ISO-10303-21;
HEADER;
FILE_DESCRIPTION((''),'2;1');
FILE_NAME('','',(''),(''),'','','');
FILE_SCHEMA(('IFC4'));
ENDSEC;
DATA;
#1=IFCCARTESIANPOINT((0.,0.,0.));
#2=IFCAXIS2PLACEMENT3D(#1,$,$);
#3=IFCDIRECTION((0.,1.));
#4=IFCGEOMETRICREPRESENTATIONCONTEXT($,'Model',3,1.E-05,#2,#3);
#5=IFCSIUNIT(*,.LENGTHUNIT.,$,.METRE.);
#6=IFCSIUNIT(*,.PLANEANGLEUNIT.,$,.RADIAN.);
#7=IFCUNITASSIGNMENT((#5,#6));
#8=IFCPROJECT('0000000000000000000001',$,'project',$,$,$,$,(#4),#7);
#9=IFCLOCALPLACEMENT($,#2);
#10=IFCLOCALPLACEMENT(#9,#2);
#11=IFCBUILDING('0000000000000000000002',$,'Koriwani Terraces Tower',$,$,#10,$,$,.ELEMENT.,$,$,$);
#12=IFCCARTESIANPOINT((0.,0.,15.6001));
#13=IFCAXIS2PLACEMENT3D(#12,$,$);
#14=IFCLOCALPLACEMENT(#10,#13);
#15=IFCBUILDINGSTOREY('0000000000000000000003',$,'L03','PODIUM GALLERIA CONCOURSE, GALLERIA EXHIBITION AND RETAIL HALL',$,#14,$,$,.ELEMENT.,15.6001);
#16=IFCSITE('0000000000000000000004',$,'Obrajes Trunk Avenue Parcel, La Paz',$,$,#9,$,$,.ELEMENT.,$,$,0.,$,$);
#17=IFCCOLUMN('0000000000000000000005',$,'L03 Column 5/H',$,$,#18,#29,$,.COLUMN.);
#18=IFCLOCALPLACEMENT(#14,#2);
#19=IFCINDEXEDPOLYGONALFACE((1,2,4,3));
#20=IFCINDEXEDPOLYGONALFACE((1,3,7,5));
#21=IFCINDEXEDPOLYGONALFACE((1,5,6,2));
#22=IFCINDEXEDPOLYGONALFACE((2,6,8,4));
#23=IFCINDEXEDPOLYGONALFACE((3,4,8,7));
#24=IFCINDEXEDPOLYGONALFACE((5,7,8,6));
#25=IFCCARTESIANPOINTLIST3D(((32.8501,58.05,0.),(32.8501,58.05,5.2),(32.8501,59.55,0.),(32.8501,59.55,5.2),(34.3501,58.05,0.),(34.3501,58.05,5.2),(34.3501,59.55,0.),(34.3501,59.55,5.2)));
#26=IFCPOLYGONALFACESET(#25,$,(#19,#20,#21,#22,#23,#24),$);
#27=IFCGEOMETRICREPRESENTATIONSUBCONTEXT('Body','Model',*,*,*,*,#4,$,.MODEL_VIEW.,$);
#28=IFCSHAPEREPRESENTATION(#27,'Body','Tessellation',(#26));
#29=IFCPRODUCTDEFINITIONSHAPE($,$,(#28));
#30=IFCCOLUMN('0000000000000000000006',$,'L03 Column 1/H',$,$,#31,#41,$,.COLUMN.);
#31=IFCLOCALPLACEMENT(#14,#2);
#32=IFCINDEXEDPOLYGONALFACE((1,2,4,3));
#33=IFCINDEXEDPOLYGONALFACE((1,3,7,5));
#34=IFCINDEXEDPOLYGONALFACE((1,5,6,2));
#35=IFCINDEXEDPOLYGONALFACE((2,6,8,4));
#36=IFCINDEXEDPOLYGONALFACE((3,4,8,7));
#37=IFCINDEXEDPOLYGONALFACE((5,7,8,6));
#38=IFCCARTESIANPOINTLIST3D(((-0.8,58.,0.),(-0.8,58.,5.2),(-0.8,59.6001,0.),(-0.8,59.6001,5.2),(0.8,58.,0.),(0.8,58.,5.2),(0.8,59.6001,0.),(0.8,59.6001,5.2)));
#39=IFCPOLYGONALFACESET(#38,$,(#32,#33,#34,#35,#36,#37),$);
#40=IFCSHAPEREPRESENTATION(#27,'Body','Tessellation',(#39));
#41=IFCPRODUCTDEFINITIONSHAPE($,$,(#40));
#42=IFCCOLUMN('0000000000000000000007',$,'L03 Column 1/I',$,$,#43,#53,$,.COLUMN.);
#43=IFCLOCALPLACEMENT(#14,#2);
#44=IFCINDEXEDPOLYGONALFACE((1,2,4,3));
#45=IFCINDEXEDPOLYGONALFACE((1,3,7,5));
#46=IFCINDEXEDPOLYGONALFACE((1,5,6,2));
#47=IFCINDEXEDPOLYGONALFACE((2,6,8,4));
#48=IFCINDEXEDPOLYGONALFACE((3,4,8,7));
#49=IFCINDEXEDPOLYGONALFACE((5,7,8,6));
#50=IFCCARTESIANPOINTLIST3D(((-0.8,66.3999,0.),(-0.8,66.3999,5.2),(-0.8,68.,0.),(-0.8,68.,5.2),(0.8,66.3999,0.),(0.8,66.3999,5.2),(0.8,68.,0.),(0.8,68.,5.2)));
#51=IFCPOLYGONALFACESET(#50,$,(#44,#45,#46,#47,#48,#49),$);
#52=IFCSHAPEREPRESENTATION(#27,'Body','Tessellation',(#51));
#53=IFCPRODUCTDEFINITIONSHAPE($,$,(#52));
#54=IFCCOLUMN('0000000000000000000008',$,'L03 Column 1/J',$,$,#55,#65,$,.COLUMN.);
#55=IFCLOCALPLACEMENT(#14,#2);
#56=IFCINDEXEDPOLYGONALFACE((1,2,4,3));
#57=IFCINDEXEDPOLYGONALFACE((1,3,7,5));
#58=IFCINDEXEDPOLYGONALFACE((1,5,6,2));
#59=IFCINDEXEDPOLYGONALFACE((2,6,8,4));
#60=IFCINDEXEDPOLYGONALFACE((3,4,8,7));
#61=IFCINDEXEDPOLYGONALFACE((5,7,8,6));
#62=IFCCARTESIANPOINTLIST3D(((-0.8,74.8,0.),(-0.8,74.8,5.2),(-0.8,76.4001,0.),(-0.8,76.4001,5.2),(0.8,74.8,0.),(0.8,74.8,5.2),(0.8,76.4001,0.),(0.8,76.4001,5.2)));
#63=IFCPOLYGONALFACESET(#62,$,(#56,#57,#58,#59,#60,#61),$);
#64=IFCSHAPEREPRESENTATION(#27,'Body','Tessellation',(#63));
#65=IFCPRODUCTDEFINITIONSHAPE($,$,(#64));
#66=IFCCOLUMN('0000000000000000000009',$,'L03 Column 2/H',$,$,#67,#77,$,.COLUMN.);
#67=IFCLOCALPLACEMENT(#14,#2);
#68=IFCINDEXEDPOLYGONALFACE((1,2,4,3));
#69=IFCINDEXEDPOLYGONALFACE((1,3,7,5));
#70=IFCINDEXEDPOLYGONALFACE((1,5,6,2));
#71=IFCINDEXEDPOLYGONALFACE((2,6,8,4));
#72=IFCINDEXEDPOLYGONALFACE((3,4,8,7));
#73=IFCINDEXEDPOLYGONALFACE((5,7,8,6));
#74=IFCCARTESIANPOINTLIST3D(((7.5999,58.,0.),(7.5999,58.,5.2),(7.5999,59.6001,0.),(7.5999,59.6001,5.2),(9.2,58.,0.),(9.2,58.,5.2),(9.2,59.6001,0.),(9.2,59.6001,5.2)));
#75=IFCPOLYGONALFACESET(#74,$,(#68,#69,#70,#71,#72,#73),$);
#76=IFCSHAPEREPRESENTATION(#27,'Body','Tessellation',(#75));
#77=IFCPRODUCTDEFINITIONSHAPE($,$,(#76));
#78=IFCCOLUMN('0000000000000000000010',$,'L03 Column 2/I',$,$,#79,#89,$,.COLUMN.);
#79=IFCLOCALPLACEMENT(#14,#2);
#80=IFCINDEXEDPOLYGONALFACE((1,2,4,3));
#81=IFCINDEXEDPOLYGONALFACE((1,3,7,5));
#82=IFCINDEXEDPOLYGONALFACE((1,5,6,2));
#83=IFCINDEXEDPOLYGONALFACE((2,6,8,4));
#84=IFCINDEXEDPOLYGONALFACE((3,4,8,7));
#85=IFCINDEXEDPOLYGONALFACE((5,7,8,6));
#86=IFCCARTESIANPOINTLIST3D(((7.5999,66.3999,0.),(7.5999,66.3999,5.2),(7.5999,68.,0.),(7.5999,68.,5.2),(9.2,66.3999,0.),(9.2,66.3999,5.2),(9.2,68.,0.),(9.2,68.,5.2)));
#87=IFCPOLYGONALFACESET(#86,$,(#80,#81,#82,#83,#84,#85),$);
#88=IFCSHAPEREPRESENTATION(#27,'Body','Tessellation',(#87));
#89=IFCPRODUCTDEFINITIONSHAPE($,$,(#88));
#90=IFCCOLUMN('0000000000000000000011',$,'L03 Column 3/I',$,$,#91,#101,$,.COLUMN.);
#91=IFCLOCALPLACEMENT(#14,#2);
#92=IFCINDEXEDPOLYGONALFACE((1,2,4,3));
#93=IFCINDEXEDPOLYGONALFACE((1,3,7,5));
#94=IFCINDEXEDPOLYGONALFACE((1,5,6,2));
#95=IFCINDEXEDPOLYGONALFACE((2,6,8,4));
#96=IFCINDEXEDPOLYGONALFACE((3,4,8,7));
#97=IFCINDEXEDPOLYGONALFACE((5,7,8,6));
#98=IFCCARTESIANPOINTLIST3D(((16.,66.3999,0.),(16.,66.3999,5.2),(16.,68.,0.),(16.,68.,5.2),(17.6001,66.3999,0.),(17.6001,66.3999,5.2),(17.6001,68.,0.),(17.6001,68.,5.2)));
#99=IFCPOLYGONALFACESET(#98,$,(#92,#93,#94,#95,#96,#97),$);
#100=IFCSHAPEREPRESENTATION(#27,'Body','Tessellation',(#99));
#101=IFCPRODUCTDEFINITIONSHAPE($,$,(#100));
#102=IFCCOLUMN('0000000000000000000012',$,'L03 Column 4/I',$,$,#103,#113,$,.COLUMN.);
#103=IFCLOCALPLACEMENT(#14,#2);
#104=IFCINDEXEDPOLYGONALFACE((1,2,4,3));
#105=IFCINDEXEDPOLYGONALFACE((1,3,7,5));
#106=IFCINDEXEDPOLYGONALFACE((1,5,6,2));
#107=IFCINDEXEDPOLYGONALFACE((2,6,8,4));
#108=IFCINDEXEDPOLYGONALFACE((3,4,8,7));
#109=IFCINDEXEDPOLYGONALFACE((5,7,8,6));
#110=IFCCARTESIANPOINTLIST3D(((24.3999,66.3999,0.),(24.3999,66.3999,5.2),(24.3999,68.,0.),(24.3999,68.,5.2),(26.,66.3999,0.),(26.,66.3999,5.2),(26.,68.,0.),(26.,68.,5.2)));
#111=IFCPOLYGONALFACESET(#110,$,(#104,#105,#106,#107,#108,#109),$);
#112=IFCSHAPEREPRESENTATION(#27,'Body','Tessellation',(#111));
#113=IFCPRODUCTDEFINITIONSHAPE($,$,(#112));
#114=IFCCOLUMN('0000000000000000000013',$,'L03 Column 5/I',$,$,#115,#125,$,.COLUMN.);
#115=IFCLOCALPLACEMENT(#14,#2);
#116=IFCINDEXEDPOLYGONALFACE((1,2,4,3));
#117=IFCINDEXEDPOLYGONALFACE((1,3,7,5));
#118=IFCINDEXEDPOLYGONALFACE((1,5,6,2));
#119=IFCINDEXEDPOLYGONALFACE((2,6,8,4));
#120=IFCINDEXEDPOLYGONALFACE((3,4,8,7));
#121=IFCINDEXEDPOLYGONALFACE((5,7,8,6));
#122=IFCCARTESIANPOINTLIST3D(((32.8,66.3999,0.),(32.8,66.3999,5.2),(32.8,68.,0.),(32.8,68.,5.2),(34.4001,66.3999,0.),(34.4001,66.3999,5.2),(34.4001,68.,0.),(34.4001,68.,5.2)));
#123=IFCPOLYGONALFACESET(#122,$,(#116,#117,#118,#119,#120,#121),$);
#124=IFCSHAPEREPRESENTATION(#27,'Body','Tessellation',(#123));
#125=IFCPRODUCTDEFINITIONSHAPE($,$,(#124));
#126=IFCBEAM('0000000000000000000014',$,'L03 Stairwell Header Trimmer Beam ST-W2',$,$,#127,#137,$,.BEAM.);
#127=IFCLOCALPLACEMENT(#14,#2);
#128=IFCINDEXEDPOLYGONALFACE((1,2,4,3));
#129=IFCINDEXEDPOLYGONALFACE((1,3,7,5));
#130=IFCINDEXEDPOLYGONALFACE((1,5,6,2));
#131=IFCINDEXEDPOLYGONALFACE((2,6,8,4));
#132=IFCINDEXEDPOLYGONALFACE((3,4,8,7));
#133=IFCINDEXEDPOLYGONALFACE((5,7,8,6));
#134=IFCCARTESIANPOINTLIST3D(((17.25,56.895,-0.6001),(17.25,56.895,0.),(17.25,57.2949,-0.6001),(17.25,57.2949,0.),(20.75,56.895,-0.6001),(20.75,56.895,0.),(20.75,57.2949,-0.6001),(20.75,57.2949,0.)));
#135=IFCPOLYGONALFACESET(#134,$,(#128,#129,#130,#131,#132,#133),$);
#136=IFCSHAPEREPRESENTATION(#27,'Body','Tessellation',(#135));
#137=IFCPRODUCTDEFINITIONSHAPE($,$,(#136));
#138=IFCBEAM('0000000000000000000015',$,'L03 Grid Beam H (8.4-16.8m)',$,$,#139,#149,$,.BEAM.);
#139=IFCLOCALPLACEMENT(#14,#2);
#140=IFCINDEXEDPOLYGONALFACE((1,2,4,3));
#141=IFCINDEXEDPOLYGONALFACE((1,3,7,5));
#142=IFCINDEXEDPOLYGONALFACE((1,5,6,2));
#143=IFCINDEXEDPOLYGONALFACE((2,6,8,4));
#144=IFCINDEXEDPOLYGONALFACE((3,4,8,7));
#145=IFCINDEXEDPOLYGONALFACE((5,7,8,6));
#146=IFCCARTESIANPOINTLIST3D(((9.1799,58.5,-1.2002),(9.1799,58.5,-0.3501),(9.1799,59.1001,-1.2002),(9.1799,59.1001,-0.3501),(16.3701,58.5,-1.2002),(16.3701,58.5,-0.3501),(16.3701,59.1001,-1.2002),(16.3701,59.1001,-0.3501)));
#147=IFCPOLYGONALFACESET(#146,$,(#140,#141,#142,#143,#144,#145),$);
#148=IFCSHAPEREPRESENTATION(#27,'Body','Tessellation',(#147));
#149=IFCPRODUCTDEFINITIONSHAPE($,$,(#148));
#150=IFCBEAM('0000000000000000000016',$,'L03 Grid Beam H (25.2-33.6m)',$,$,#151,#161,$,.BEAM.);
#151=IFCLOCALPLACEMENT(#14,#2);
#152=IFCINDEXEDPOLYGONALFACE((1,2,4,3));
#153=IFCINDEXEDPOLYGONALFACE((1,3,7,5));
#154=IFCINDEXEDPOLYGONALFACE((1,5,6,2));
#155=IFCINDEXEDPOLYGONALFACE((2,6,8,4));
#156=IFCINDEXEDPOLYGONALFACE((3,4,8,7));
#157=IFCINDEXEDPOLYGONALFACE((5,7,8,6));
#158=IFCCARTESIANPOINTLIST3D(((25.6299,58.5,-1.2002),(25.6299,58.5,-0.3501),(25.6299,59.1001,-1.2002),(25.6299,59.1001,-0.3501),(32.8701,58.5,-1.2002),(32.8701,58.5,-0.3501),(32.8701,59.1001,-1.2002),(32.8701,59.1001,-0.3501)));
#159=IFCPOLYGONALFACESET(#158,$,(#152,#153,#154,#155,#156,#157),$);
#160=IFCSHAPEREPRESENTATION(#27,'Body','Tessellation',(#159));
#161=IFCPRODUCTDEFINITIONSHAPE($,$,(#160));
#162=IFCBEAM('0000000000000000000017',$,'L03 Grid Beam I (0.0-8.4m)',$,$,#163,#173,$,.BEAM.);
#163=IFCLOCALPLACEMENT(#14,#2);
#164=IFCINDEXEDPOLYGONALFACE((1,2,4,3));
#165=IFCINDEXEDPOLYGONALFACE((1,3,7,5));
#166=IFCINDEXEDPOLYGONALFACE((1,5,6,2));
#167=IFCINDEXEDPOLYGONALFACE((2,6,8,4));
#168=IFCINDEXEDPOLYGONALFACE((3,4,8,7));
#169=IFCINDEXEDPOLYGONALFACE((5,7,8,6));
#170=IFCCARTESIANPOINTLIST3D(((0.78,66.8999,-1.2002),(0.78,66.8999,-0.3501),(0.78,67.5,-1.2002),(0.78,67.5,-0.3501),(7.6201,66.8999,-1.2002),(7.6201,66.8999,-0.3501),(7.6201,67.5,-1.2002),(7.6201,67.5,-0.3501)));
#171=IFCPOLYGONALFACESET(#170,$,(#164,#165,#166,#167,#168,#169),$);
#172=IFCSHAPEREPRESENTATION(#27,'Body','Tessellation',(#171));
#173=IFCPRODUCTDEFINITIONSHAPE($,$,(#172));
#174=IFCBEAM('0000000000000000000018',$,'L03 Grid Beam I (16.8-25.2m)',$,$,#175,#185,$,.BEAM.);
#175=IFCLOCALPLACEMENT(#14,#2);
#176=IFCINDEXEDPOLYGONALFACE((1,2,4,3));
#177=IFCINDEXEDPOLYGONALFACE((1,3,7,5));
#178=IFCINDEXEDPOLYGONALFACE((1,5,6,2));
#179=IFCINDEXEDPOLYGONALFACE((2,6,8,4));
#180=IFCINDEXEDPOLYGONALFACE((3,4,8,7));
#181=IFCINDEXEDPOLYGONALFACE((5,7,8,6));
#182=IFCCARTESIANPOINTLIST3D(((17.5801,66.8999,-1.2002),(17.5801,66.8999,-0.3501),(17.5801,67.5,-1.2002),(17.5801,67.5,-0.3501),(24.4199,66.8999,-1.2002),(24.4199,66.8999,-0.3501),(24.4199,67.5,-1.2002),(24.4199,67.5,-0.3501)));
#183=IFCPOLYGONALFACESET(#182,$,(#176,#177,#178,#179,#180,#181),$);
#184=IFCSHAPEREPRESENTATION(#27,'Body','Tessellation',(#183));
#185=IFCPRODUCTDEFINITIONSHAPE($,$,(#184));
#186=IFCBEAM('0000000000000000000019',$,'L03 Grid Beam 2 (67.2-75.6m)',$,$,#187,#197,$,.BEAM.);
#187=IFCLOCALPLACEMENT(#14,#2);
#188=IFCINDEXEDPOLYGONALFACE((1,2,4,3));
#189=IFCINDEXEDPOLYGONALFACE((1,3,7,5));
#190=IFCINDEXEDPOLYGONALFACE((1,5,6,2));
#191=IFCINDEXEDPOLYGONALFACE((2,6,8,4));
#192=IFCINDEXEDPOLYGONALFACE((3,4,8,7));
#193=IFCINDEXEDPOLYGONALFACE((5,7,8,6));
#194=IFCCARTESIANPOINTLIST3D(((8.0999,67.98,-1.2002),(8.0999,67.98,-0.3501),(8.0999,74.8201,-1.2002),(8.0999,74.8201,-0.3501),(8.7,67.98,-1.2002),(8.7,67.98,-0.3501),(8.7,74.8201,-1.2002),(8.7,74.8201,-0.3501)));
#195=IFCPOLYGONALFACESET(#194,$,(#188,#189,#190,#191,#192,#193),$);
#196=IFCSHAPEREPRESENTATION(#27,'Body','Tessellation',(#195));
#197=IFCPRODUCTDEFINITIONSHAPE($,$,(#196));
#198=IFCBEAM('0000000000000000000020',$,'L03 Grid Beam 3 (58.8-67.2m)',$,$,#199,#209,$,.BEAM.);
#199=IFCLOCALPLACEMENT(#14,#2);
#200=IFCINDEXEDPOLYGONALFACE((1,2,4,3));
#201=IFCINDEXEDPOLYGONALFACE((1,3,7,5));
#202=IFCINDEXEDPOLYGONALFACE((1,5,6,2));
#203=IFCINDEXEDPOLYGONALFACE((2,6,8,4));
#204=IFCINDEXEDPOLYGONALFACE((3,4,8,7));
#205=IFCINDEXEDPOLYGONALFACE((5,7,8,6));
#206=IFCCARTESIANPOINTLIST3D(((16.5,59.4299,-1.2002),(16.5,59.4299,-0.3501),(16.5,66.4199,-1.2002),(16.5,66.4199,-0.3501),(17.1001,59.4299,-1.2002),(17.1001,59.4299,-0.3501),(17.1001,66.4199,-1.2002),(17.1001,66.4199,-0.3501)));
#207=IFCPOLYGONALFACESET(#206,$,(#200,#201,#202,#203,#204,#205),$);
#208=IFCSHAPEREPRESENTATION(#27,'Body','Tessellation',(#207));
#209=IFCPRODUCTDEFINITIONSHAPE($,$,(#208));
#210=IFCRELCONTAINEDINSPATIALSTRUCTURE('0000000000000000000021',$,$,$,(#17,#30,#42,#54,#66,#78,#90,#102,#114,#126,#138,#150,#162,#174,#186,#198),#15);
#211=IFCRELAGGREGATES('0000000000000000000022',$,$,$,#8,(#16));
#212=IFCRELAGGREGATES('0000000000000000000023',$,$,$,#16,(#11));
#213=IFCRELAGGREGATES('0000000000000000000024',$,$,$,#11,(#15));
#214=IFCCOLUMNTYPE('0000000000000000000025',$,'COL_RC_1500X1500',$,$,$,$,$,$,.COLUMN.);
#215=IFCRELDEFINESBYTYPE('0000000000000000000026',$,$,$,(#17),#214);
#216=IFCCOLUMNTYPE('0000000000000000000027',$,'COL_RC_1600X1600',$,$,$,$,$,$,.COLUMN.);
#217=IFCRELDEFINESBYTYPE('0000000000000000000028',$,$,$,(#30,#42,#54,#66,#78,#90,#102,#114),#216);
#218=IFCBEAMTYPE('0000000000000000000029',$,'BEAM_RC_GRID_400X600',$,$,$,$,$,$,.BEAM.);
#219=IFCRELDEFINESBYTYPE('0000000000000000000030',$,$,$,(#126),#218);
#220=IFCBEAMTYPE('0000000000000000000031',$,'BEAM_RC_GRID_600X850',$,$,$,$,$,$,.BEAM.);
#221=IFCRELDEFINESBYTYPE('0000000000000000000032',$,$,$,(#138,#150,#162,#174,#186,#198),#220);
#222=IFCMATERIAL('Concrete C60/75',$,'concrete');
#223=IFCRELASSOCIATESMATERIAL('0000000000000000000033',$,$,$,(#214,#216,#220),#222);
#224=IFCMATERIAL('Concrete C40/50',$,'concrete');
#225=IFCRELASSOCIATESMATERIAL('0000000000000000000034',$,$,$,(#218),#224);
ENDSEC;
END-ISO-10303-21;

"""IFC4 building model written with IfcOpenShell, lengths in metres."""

from ifc_helpers import new_model, si_unit, direction, frame, origin, origin_2d, place, context, subcontext, project, spatial, rectangle, extrude, material, material_profile, profile_set, type_object, element, save


model = new_model("IFC4")

# Units and contexts
model_context = context("Model", 3, precision=1e-05, world=origin(), true_north=direction((0.0, 1.0)))
body_context = subcontext(model_context, "Body", "Model", "MODEL_VIEW")
ifc_project = project(units=[si_unit("LENGTHUNIT", "METRE"), si_unit("PLANEANGLEUNIT", "RADIAN")], contexts=[model_context])

# Site, building, storey
site_placement = place(None, origin())
site = spatial("IfcSite", under=ifc_project, at=site_placement, Name="Obrajes Trunk Avenue Parcel, La Paz", CompositionType="ELEMENT", RefElevation=0.0)
building_placement = place(site_placement, origin())
building = spatial("IfcBuilding", under=site, at=building_placement, Name="Koriwani Terraces Tower", CompositionType="ELEMENT")
storey_placement = place(building_placement, frame((0.0, 0.0, 15.6001)))
storey = spatial("IfcBuildingStorey", under=building, at=storey_placement, Name="L03", Description="PODIUM GALLERIA CONCOURSE, GALLERIA EXHIBITION AND RETAIL HALL", CompositionType="ELEMENT", Elevation=15.6001)

# Columns
ifc_material_1 = material(Name="Concrete C60/75", Category="concrete")
ifc_material_profile_1 = material_profile(ifc_material_1, rectangle(XDim=1.5, YDim=1.5, at=origin_2d()), Name="Concrete C60/75", Category="LoadBearing")
ifc_profile_set_1 = profile_set([ifc_material_profile_1], Name="Concrete C60/75")
column_type_1 = type_object("IfcColumnType", Name="COL_RC_1500X1500", PredefinedType="COLUMN", material=ifc_profile_set_1)
column_placement = place(storey_placement, frame((33.6001, 58.8, 0.0), z_axis=(0.0, 0.0, 1.0), x_axis=(1.0, 0.0, 0.0)))
element("IfcColumn", 1, at=column_placement, inside=storey, type_object=column_type_1, Name="L03 Column 5/H", PredefinedType="COLUMN", context=body_context, shape_type="SweptSolid", body=[
    extrude(rectangle(XDim=1.5, YDim=1.5, at=origin_2d()), origin(), (0.0, 0.0, 1.0), 5.2),
])
ifc_material_profile_2 = material_profile(ifc_material_1, rectangle(XDim=1.6001, YDim=1.6001, at=origin_2d()), Name="Concrete C60/75", Category="LoadBearing")
ifc_profile_set_2 = profile_set([ifc_material_profile_2], Name="Concrete C60/75")
column_type_2 = type_object("IfcColumnType", Name="COL_RC_1600X1600", PredefinedType="COLUMN", material=ifc_profile_set_2)
for number, where, z_axis, x_axis, name in (
    (2, (0.0, 58.8, 0.0), (0.0, 0.0, 1.0), (1.0, 0.0, 0.0), "L03 Column 1/H"),
    (3, (0.0, 67.2, 0.0), (0.0, 0.0, 1.0), (1.0, 0.0, 0.0), "L03 Column 1/I"),
    (4, (0.0, 75.6001, 0.0), (0.0, 0.0, 1.0), (1.0, 0.0, 0.0), "L03 Column 1/J"),
    (5, (8.3999, 58.8, 0.0), (0.0, 0.0, 1.0), (1.0, 0.0, 0.0), "L03 Column 2/H"),
    (6, (8.3999, 67.2, 0.0), (0.0, 0.0, 1.0), (1.0, 0.0, 0.0), "L03 Column 2/I"),
    (7, (16.8, 67.2, 0.0), (0.0, 0.0, 1.0), (1.0, 0.0, 0.0), "L03 Column 3/I"),
    (8, (25.2, 67.2, 0.0), (0.0, 0.0, 1.0), (1.0, 0.0, 0.0), "L03 Column 4/I"),
    (9, (33.6001, 67.2, 0.0), (0.0, 0.0, 1.0), (1.0, 0.0, 0.0), "L03 Column 5/I"),
):
    element("IfcColumn", number, at=place(storey_placement, frame(where, z_axis=z_axis, x_axis=x_axis)), inside=storey, type_object=column_type_2, Name=name, PredefinedType="COLUMN", context=body_context, shape_type="SweptSolid", body=[
        extrude(rectangle(XDim=1.6001, YDim=1.6001, at=origin_2d()), origin(), (0.0, 0.0, 1.0), 5.2),
    ])

# Beams
ifc_material_2 = material(Name="Concrete C40/50", Category="concrete")
ifc_material_profile_3 = material_profile(ifc_material_2, rectangle(XDim=0.3999, YDim=0.6001, at=origin_2d()), Name="Concrete C40/50", Category="LoadBearing")
ifc_profile_set_3 = profile_set([ifc_material_profile_3], Name="Concrete C40/50")
beam_type_1 = type_object("IfcBeamType", Name="BEAM_RC_GRID_400X600", PredefinedType="BEAM", material=ifc_profile_set_3)
beam_1_placement = place(storey_placement, frame((17.25, 57.095, -0.3), z_axis=(1.0, 0.0, 0.0), x_axis=(0.0, 1.0, 0.0)))
element("IfcBeam", 10, at=beam_1_placement, inside=storey, type_object=beam_type_1, Name="L03 Stairwell Header Trimmer Beam ST-W2", PredefinedType="BEAM", context=body_context, shape_type="SweptSolid", body=[
    extrude(rectangle(XDim=0.3999, YDim=0.6001, at=origin_2d()), origin(), (0.0, 0.0, 1.0), 3.5),
])
ifc_material_profile_4 = material_profile(ifc_material_1, rectangle(XDim=0.6001, YDim=0.8501, at=origin_2d()), Name="Concrete C60/75", Category="LoadBearing")
ifc_profile_set_4 = profile_set([ifc_material_profile_4], Name="Concrete C60/75")
beam_type_2 = type_object("IfcBeamType", Name="BEAM_RC_GRID_600X850", PredefinedType="BEAM", material=ifc_profile_set_4)
beam_2_placement = place(storey_placement, frame((9.1799, 58.8, -0.7751), z_axis=(1.0, 0.0, 0.0), x_axis=(0.0, 1.0, 0.0)))
element("IfcBeam", 11, at=beam_2_placement, inside=storey, type_object=beam_type_2, Name="L03 Grid Beam H (8.4-16.8m)", PredefinedType="BEAM", context=body_context, shape_type="SweptSolid", body=[
    extrude(rectangle(XDim=0.6001, YDim=0.8501, at=origin_2d()), origin(), (0.0, 0.0, 1.0), 7.1902),
])
beam_3_placement = place(storey_placement, frame((25.6299, 58.8, -0.7751), z_axis=(1.0, 0.0, 0.0), x_axis=(0.0, 1.0, 0.0)))
element("IfcBeam", 12, at=beam_3_placement, inside=storey, type_object=beam_type_2, Name="L03 Grid Beam H (25.2-33.6m)", PredefinedType="BEAM", context=body_context, shape_type="SweptSolid", body=[
    extrude(rectangle(XDim=0.6001, YDim=0.8501, at=origin_2d()), origin(), (0.0, 0.0, 1.0), 7.2402),
])
beam_4_placement = place(storey_placement, frame((0.78, 67.2, -0.7751), z_axis=(1.0, 0.0, 0.0), x_axis=(0.0, 1.0, 0.0)))
element("IfcBeam", 13, at=beam_4_placement, inside=storey, type_object=beam_type_2, Name="L03 Grid Beam I (0.0-8.4m)", PredefinedType="BEAM", context=body_context, shape_type="SweptSolid", body=[
    extrude(rectangle(XDim=0.6001, YDim=0.8501, at=origin_2d()), origin(), (0.0, 0.0, 1.0), 6.8401),
])
beam_5_placement = place(storey_placement, frame((17.5801, 67.2, -0.7751), z_axis=(1.0, 0.0, 0.0), x_axis=(0.0, 1.0, 0.0)))
element("IfcBeam", 14, at=beam_5_placement, inside=storey, type_object=beam_type_2, Name="L03 Grid Beam I (16.8-25.2m)", PredefinedType="BEAM", context=body_context, shape_type="SweptSolid", body=[
    extrude(rectangle(XDim=0.6001, YDim=0.8501, at=origin_2d()), origin(), (0.0, 0.0, 1.0), 6.8398),
])
beam_6_placement = place(storey_placement, frame((8.3999, 67.98, -0.7751), z_axis=(0.0, 1.0, 0.0), x_axis=(-1.0, 0.0, 0.0)))
element("IfcBeam", 15, at=beam_6_placement, inside=storey, type_object=beam_type_2, Name="L03 Grid Beam 2 (67.2-75.6m)", PredefinedType="BEAM", context=body_context, shape_type="SweptSolid", body=[
    extrude(rectangle(XDim=0.6001, YDim=0.8501, at=origin_2d()), origin(), (0.0, 0.0, 1.0), 6.8401),
])
beam_7_placement = place(storey_placement, frame((16.8, 59.4299, -0.7751), z_axis=(0.0, 1.0, 0.0), x_axis=(-1.0, 0.0, 0.0)))
element("IfcBeam", 16, at=beam_7_placement, inside=storey, type_object=beam_type_2, Name="L03 Grid Beam 3 (58.8-67.2m)", PredefinedType="BEAM", context=body_context, shape_type="SweptSolid", body=[
    extrude(rectangle(XDim=0.6001, YDim=0.8501, at=origin_2d()), origin(), (0.0, 0.0, 1.0), 6.99),
])

save(model, "model.ifc")
